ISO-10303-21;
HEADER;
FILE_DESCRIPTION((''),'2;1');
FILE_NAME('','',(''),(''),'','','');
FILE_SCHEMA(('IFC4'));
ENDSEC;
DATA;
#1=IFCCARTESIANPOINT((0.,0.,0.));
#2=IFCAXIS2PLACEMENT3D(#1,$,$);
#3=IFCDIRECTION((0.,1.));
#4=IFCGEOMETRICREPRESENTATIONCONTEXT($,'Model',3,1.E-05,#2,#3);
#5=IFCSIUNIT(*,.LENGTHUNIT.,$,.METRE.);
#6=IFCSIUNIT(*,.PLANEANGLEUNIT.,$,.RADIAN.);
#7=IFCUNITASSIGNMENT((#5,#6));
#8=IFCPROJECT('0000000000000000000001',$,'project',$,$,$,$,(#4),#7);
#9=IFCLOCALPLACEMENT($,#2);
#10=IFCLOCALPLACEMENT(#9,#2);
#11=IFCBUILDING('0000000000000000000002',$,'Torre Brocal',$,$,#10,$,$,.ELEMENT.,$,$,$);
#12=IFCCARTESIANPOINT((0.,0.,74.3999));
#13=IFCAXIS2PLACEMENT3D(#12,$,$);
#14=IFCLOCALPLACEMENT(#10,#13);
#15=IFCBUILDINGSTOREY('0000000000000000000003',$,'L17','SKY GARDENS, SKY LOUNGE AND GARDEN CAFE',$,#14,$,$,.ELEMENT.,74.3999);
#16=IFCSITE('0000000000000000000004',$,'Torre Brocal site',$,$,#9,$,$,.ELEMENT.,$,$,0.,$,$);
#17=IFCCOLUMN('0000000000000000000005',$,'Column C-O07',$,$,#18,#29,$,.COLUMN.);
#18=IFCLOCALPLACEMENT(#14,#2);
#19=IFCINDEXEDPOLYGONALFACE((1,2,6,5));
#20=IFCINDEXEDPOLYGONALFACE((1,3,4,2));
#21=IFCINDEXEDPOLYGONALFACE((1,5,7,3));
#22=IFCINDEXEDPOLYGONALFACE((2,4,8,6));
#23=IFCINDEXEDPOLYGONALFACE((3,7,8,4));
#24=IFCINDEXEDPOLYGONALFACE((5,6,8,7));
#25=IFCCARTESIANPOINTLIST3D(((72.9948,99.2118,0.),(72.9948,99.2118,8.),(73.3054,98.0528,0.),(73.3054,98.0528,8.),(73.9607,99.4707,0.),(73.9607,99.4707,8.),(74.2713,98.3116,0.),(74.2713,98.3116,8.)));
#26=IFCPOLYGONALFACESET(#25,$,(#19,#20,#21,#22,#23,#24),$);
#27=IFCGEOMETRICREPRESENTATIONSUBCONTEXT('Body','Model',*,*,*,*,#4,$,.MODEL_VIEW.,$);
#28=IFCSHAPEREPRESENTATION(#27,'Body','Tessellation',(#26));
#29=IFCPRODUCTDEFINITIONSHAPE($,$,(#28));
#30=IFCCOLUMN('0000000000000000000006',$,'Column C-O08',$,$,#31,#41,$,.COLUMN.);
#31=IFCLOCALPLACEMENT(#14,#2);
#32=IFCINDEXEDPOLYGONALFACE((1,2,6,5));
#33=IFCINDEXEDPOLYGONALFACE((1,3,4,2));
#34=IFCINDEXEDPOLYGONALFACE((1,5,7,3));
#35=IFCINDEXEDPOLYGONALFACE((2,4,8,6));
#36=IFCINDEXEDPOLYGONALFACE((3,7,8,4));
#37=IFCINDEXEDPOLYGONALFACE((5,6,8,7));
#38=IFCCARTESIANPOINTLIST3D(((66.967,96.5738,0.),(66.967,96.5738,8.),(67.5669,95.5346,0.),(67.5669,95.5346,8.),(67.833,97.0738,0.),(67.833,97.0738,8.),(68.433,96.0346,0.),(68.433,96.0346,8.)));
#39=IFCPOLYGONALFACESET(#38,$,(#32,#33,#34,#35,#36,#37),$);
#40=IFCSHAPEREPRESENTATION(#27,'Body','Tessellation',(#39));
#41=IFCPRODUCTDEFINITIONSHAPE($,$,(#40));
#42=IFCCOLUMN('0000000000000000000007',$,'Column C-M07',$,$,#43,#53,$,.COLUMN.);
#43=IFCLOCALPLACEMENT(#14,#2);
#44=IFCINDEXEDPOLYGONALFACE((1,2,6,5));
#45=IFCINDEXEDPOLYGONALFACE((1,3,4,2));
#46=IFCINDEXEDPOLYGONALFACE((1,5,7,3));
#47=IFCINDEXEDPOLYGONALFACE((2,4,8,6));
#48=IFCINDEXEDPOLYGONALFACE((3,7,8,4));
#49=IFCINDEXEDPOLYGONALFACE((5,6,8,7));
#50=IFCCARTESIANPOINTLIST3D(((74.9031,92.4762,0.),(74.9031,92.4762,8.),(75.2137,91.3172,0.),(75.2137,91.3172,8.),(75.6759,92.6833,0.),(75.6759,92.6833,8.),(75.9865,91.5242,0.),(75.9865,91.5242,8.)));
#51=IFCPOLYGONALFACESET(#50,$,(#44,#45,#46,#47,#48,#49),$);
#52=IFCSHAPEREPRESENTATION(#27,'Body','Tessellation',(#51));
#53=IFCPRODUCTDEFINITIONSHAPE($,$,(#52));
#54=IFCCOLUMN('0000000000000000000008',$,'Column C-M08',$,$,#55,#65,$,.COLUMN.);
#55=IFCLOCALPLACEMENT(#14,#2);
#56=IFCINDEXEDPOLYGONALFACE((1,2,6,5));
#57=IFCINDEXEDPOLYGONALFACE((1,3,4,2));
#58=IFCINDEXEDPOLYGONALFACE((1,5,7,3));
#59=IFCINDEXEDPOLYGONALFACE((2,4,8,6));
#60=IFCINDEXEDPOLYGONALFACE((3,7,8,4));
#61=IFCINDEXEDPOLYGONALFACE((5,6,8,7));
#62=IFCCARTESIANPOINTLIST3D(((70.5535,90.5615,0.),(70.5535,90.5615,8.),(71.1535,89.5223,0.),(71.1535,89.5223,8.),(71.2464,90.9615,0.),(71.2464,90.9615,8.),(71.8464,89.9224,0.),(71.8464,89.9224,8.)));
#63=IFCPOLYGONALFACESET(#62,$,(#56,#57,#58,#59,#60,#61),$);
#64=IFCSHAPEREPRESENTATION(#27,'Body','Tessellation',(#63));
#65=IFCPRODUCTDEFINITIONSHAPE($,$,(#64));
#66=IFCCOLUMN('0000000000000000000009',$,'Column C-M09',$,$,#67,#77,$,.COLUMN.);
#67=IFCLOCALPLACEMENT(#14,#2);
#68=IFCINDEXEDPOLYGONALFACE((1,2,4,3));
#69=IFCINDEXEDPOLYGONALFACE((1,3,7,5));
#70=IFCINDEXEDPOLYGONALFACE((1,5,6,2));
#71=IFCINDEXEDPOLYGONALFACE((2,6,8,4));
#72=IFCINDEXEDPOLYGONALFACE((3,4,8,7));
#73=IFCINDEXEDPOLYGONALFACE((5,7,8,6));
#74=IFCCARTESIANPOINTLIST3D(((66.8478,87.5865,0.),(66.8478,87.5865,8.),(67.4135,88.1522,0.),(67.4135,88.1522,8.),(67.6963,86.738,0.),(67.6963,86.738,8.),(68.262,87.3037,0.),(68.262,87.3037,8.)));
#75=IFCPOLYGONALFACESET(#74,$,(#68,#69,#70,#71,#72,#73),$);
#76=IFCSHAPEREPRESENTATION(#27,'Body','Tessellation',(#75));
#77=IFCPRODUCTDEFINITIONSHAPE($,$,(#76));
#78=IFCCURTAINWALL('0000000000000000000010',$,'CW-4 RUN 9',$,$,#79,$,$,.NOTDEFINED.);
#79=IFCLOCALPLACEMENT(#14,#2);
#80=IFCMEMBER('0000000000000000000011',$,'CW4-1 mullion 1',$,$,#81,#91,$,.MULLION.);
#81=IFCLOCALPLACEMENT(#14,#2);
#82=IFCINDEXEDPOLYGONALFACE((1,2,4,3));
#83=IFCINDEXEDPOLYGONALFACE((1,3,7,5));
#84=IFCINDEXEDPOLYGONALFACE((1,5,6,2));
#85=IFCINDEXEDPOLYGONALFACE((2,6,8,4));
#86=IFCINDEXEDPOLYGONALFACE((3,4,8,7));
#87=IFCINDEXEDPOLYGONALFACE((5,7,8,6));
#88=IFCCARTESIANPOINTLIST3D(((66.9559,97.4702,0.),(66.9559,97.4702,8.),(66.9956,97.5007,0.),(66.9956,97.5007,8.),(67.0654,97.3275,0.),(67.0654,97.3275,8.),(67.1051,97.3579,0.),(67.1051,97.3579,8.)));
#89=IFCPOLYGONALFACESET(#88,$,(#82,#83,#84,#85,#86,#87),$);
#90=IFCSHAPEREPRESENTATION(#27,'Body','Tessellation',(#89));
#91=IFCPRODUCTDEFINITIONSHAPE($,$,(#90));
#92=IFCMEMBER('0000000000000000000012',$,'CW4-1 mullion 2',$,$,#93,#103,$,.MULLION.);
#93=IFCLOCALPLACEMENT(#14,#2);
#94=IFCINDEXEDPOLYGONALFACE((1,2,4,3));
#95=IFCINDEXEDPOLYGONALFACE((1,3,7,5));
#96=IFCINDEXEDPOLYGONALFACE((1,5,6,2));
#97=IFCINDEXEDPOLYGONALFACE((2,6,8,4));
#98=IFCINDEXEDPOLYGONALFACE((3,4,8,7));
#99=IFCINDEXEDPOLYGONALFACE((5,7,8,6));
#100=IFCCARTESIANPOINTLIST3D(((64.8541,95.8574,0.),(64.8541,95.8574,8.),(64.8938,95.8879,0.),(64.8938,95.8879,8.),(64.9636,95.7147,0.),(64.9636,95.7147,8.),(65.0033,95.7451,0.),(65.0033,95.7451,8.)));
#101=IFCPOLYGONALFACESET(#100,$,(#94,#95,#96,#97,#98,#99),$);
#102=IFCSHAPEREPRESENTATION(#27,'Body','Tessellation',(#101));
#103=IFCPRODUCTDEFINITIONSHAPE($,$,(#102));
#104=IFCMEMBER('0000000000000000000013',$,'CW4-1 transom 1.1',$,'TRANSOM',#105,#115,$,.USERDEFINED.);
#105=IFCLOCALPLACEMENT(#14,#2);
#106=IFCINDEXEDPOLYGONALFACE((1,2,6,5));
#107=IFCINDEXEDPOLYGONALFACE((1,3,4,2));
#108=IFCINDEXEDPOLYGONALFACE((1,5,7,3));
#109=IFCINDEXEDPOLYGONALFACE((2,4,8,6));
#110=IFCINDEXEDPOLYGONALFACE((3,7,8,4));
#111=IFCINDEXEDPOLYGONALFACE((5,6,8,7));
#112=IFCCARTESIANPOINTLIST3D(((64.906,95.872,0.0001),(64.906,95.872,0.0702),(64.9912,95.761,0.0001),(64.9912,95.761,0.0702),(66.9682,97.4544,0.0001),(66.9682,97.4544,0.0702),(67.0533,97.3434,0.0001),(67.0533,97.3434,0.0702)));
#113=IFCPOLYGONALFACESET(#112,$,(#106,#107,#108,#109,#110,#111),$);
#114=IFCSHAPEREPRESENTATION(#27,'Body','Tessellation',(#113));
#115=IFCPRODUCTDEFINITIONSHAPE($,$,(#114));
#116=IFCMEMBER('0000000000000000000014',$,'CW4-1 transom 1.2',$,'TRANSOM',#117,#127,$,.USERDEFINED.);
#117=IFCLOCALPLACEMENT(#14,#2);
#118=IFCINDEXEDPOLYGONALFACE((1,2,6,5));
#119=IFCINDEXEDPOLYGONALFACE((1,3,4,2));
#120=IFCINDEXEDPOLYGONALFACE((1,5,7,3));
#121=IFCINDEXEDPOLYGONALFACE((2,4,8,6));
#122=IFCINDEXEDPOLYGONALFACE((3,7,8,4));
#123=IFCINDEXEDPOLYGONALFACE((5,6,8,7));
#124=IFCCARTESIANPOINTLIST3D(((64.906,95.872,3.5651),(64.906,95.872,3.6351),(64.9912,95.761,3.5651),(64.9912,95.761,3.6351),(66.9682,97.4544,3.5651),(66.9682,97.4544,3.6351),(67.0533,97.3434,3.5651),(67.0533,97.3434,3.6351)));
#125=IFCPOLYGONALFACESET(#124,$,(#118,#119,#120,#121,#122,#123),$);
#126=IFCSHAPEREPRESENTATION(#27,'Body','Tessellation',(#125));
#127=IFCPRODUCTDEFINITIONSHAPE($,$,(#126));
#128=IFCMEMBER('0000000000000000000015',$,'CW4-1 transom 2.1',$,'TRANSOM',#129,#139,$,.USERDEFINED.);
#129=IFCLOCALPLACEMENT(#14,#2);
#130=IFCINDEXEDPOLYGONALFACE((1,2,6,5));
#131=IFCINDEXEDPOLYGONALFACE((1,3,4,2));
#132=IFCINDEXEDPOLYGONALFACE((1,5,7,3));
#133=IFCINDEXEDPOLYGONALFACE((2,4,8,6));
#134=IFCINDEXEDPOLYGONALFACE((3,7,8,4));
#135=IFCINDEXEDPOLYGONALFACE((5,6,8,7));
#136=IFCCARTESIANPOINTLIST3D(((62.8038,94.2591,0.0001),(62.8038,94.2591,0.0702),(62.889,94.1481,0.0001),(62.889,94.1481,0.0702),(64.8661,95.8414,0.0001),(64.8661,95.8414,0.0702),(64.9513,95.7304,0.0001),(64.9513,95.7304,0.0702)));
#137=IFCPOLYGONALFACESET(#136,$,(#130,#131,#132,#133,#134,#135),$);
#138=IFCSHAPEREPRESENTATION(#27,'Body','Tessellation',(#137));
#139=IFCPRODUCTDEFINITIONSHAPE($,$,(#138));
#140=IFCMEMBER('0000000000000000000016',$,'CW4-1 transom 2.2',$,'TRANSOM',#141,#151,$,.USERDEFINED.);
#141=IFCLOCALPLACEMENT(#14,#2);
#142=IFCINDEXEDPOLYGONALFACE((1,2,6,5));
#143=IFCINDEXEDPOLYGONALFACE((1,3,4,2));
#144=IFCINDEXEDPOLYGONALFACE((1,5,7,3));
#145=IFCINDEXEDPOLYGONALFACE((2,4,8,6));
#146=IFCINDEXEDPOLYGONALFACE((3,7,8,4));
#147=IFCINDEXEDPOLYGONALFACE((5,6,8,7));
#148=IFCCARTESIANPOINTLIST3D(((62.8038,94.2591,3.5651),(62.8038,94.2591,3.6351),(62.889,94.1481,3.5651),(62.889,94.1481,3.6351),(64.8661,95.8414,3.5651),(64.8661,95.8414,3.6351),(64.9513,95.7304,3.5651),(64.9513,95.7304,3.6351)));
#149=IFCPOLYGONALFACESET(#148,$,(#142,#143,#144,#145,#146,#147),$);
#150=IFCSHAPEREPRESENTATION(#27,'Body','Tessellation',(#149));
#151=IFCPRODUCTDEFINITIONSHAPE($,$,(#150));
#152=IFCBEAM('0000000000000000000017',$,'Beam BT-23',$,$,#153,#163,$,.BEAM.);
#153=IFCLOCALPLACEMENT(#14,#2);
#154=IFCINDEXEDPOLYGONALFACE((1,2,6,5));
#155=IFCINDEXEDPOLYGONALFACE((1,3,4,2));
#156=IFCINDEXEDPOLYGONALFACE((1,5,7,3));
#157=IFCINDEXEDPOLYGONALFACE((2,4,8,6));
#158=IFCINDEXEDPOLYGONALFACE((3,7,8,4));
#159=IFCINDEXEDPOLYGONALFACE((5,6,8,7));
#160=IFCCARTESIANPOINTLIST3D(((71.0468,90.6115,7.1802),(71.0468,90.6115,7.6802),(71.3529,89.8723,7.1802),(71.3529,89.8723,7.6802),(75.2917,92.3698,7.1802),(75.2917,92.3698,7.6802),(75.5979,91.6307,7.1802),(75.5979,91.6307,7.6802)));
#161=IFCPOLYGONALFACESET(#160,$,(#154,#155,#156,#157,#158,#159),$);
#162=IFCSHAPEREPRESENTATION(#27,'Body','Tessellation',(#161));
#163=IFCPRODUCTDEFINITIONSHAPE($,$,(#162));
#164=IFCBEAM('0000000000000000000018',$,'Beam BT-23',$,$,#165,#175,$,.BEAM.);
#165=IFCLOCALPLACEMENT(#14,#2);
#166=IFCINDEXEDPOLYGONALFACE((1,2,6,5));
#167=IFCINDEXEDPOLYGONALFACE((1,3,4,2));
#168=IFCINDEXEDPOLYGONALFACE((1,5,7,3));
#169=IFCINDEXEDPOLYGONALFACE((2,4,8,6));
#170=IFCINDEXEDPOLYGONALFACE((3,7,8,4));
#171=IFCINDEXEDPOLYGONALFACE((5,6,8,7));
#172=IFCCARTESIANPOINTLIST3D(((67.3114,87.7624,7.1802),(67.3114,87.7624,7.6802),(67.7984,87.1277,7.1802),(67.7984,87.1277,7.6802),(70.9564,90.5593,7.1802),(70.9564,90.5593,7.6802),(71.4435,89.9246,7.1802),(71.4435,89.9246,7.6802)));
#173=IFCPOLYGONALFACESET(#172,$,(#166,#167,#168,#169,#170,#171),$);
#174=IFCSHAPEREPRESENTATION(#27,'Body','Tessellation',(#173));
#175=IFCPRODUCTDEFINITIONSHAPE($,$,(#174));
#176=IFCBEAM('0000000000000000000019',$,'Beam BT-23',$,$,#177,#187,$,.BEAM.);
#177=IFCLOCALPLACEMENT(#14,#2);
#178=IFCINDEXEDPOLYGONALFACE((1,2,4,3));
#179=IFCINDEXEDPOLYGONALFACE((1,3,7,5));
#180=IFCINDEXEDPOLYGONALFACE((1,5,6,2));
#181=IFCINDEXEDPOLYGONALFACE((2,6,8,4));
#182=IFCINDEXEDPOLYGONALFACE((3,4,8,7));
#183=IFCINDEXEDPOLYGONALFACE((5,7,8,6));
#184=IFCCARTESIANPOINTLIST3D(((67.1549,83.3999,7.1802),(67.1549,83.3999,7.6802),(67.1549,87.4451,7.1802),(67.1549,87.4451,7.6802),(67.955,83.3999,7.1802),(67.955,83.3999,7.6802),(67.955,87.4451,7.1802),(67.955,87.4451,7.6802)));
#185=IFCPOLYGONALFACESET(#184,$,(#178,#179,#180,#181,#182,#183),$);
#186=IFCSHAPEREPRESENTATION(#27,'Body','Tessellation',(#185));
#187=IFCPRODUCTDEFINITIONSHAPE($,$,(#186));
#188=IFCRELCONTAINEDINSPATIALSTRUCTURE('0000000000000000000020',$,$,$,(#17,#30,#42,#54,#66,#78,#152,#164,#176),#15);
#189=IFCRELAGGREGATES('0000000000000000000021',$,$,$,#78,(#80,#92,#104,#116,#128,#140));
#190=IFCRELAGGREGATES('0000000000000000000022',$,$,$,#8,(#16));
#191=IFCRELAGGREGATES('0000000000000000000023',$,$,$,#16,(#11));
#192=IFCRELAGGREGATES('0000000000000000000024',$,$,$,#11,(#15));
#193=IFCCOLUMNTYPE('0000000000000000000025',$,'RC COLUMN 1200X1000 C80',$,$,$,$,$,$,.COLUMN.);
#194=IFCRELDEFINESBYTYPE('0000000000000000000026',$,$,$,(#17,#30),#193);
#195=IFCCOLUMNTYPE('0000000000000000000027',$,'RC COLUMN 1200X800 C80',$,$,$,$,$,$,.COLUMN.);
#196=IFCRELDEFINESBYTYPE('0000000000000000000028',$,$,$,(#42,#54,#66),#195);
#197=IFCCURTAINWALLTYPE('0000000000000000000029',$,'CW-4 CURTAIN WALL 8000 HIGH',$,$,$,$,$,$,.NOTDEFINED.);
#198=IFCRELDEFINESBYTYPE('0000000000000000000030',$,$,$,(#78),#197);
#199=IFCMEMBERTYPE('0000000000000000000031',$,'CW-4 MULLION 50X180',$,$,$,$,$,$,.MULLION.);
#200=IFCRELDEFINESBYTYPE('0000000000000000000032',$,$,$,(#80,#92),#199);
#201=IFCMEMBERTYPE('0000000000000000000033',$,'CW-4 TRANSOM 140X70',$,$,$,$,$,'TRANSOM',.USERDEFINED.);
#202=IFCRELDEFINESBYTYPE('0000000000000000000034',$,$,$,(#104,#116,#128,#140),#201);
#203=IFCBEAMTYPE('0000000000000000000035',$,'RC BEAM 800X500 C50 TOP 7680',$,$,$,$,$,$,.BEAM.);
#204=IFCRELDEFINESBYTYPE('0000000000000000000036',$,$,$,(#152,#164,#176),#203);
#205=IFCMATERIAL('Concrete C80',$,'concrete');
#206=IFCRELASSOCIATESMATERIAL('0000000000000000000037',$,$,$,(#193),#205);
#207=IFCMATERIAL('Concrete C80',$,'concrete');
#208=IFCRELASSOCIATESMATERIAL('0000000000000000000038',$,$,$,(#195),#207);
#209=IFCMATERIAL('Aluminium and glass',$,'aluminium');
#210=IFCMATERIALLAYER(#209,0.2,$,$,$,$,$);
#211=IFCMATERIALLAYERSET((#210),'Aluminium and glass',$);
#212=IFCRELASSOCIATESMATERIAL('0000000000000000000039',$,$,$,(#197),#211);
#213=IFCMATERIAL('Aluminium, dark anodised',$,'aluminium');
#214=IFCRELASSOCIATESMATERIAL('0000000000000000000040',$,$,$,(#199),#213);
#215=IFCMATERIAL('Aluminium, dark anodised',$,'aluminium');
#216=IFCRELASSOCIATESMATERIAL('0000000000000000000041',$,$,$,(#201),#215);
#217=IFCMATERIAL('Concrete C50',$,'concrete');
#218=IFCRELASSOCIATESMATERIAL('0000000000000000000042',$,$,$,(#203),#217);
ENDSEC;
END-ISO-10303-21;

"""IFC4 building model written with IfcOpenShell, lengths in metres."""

from ifc_helpers import new_model, si_unit, direction, frame, origin, origin_2d, place, context, subcontext, project, spatial, rectangle, extrude, material, layer, layer_set, material_profile, profile_set, type_object, element, aggregate, save


model = new_model("IFC4")

# Units and contexts
model_context = context("Model", 3, precision=1e-05, world=origin(), true_north=direction((0.0, 1.0)))
body_context = subcontext(model_context, "Body", "Model", "MODEL_VIEW")
ifc_project = project(units=[si_unit("LENGTHUNIT", "METRE"), si_unit("PLANEANGLEUNIT", "RADIAN")], contexts=[model_context])

# Site, building, storey
site_placement = place(None, origin())
site = spatial("IfcSite", under=ifc_project, at=site_placement, Name="Torre Brocal site", CompositionType="ELEMENT", RefElevation=0.0)
building_placement = place(site_placement, origin())
building = spatial("IfcBuilding", under=site, at=building_placement, Name="Torre Brocal", CompositionType="ELEMENT")
storey_placement = place(building_placement, frame((0.0, 0.0, 74.3999)))
storey = spatial("IfcBuildingStorey", under=building, at=storey_placement, Name="L17", Description="SKY GARDENS, SKY LOUNGE AND GARDEN CAFE", CompositionType="ELEMENT", Elevation=74.3999)

# Columns
ifc_material_1 = material(Name="Concrete C80", Category="concrete")
ifc_material_profile_1 = material_profile(ifc_material_1, rectangle(XDim=1.2, YDim=1.0, at=origin_2d()), Name="RC 1200X1000")
ifc_profile_set_1 = profile_set([ifc_material_profile_1], Name="Concrete C80")
column_type_1 = type_object("IfcColumnType", Name="RC COLUMN 1200X1000 C80", PredefinedType="COLUMN", material=ifc_profile_set_1)
for number, where, z_axis, x_axis, name in (
    (1, (73.6331, 98.7617, 0.0), (0.0, 0.0, 1.0), (-0.258819, 0.965926, 0.0), "Column C-O07"),
    (2, (67.7, 96.3042, 0.0), (0.0, 0.0, 1.0), (-0.5, 0.866025, 0.0), "Column C-O08"),
):
    element("IfcColumn", number, at=place(storey_placement, frame(where, z_axis=z_axis, x_axis=x_axis)), inside=storey, type_object=column_type_1, Name=name, PredefinedType="COLUMN", context=body_context, shape_type="SweptSolid", body=[
        extrude(rectangle(XDim=1.2, YDim=1.0, at=origin_2d()), origin(), (0.0, 0.0, 1.0), 8.0),
    ])
ifc_material_2 = material(Name="Concrete C80", Category="concrete")
ifc_material_profile_2 = material_profile(ifc_material_2, rectangle(XDim=1.2, YDim=0.8, at=origin_2d()), Name="RC 1200X800")
ifc_profile_set_2 = profile_set([ifc_material_profile_2], Name="Concrete C80")
column_type_2 = type_object("IfcColumnType", Name="RC COLUMN 1200X800 C80", PredefinedType="COLUMN", material=ifc_profile_set_2)
for number, where, z_axis, x_axis, name in (
    (3, (75.4448, 92.0002, 0.0), (0.0, 0.0, 1.0), (-0.258819, 0.965926, 0.0), "Column C-M07"),
    (4, (71.2, 90.2419, 0.0), (0.0, 0.0, 1.0), (-0.5, 0.866025, 0.0), "Column C-M08"),
    (5, (67.5549, 87.4451, 0.0), (0.0, 0.0, 1.0), (-0.707107, 0.707107, 0.0), "Column C-M09"),
):
    element("IfcColumn", number, at=place(storey_placement, frame(where, z_axis=z_axis, x_axis=x_axis)), inside=storey, type_object=column_type_2, Name=name, PredefinedType="COLUMN", context=body_context, shape_type="SweptSolid", body=[
        extrude(rectangle(XDim=1.2, YDim=0.8, at=origin_2d()), origin(), (0.0, 0.0, 1.0), 8.0),
    ])

# Curtain wall, members
ifc_material_3 = material(Name="Aluminium and glass", Category="aluminium")
ifc_layer_1 = layer(ifc_material_3, 0.2)
ifc_layer_set_1 = layer_set([ifc_layer_1], Name="Aluminium and glass")
curtain_wall_type = type_object("IfcCurtainWallType", Name="CW-4 CURTAIN WALL 8000 HIGH", PredefinedType="NOTDEFINED", material=ifc_layer_set_1)
curtain_wall_placement = place(storey_placement, origin())
curtain_wall = element("IfcCurtainWall", 6, at=curtain_wall_placement, inside=storey, type_object=curtain_wall_type, Name="CW-4 RUN 9", PredefinedType="NOTDEFINED")
ifc_material_4 = material(Name="Aluminium, dark anodised", Category="aluminium")
ifc_material_profile_3 = material_profile(ifc_material_4, rectangle(XDim=0.1799, YDim=0.05, at=origin_2d()), Name="CW-4 MULLION 50X180")
ifc_profile_set_3 = profile_set([ifc_material_profile_3], Name="Aluminium, dark anodised")
member_type_1 = type_object("IfcMemberType", Name="CW-4 MULLION 50X180", PredefinedType="MULLION", material=ifc_profile_set_3)
member_1_placement = place(storey_placement, frame((67.0305, 97.4141, 0.0), z_axis=(0.0, 0.0, 1.0), x_axis=(0.608761, -0.793353, 0.0)))
member_1 = element("IfcMember", 7, at=member_1_placement, type_object=member_type_1, Name="CW4-1 mullion 1", PredefinedType="MULLION", context=body_context, shape_type="SweptSolid", body=[
    extrude(rectangle(XDim=0.1799, YDim=0.05, at=origin_2d()), origin(), (0.0, 0.0, 1.0), 8.0),
])
member_2_placement = place(storey_placement, frame((64.9287, 95.8013, 0.0), z_axis=(0.0, 0.0, 1.0), x_axis=(0.608761, -0.793353, 0.0)))
member_2 = element("IfcMember", 8, at=member_2_placement, type_object=member_type_1, Name="CW4-1 mullion 2", PredefinedType="MULLION", context=body_context, shape_type="SweptSolid", body=[
    extrude(rectangle(XDim=0.1799, YDim=0.05, at=origin_2d()), origin(), (0.0, 0.0, 1.0), 8.0),
])
ifc_material_5 = material(Name="Aluminium, dark anodised", Category="aluminium")
ifc_material_profile_4 = material_profile(ifc_material_5, rectangle(XDim=0.1399, YDim=0.0701, at=origin_2d()), Name="CW-4 TRANSOM 140X70")
ifc_profile_set_4 = profile_set([ifc_material_profile_4], Name="Aluminium, dark anodised")
member_type_2 = type_object("IfcMemberType", Name="CW-4 TRANSOM 140X70", ElementType="TRANSOM", PredefinedType="USERDEFINED", material=ifc_profile_set_4)
member_3_placement = place(storey_placement, frame((67.0107, 97.3989, 0.0352), z_axis=(-0.793336, -0.608784, 0.0), x_axis=(0.608784, -0.793336, 0.0)))
member_3 = element("IfcMember", 9, at=member_3_placement, type_object=member_type_2, Name="CW4-1 transom 1.1", ObjectType="TRANSOM", PredefinedType="USERDEFINED", context=body_context, shape_type="SweptSolid", body=[
    extrude(rectangle(XDim=0.1399, YDim=0.0701, at=origin_2d()), origin(), (0.0, 0.0, 1.0), 2.5994),
])
member_4_placement = place(storey_placement, frame((67.0107, 97.3989, 3.6001), z_axis=(-0.793336, -0.608784, 0.0), x_axis=(0.608784, -0.793336, 0.0)))
member_4 = element("IfcMember", 10, at=member_4_placement, type_object=member_type_2, Name="CW4-1 transom 1.2", ObjectType="TRANSOM", PredefinedType="USERDEFINED", context=body_context, shape_type="SweptSolid", body=[
    extrude(rectangle(XDim=0.1399, YDim=0.0701, at=origin_2d()), origin(), (0.0, 0.0, 1.0), 2.5994),
])
member_5_placement = place(storey_placement, frame((64.9087, 95.7859, 0.0352), z_axis=(-0.793381, -0.608725, 0.0), x_axis=(0.608725, -0.793381, 0.0)))
member_5 = element("IfcMember", 11, at=member_5_placement, type_object=member_type_2, Name="CW4-1 transom 2.1", ObjectType="TRANSOM", PredefinedType="USERDEFINED", context=body_context, shape_type="SweptSolid", body=[
    extrude(rectangle(XDim=0.1399, YDim=0.0701, at=origin_2d()), origin(), (0.0, 0.0, 1.0), 2.5994),
])
member_6_placement = place(storey_placement, frame((64.9087, 95.7859, 3.6001), z_axis=(-0.793381, -0.608725, 0.0), x_axis=(0.608725, -0.793381, 0.0)))
member_6 = element("IfcMember", 12, at=member_6_placement, type_object=member_type_2, Name="CW4-1 transom 2.2", ObjectType="TRANSOM", PredefinedType="USERDEFINED", context=body_context, shape_type="SweptSolid", body=[
    extrude(rectangle(XDim=0.1399, YDim=0.0701, at=origin_2d()), origin(), (0.0, 0.0, 1.0), 2.5994),
])

# Beams
ifc_material_6 = material(Name="Concrete C50", Category="concrete")
ifc_material_profile_5 = material_profile(ifc_material_6, rectangle(XDim=0.8, YDim=0.5, at=origin_2d()), Name="RC 800X500")
ifc_profile_set_5 = profile_set([ifc_material_profile_5], Name="Concrete C50")
beam_type_1 = type_object("IfcBeamType", Name="RC BEAM 800X500 C50 TOP 7680", PredefinedType="BEAM", material=ifc_profile_set_5)
beam_1_placement = place(storey_placement, frame((75.4448, 92.0002, 7.4302), z_axis=(-0.923878, -0.382687, 0.0), x_axis=(0.382687, -0.923878, 0.0)))
element("IfcBeam", 13, at=beam_1_placement, inside=storey, type_object=beam_type_1, Name="Beam BT-23", PredefinedType="BEAM", context=body_context, shape_type="SweptSolid", body=[
    extrude(rectangle(XDim=0.8, YDim=0.5, at=origin_2d()), origin(), (0.0, 0.0, 1.0), 4.5947),
])
beam_2_placement = place(storey_placement, frame((71.2, 90.2419, 7.4302), z_axis=(-0.793358, -0.608755, 0.0), x_axis=(0.608755, -0.793358, 0.0)))
element("IfcBeam", 14, at=beam_2_placement, inside=storey, type_object=beam_type_1, Name="Beam BT-23", PredefinedType="BEAM", context=body_context, shape_type="SweptSolid", body=[
    extrude(rectangle(XDim=0.8, YDim=0.5, at=origin_2d()), origin(), (0.0, 0.0, 1.0), 4.5945),
])
beam_3_placement = place(storey_placement, frame((67.5549, 87.4451, 7.4302), z_axis=(0.0, -1.0, 0.0), x_axis=(1.0, 0.0, 0.0)))
element("IfcBeam", 15, at=beam_3_placement, inside=storey, type_object=beam_type_1, Name="Beam BT-23", PredefinedType="BEAM", context=body_context, shape_type="SweptSolid", body=[
    extrude(rectangle(XDim=0.8, YDim=0.5, at=origin_2d()), origin(), (0.0, 0.0, 1.0), 4.0452),
])

aggregate(curtain_wall, [member_1, member_2, member_3, member_4, member_5, member_6])

save(model, "model.ifc")
